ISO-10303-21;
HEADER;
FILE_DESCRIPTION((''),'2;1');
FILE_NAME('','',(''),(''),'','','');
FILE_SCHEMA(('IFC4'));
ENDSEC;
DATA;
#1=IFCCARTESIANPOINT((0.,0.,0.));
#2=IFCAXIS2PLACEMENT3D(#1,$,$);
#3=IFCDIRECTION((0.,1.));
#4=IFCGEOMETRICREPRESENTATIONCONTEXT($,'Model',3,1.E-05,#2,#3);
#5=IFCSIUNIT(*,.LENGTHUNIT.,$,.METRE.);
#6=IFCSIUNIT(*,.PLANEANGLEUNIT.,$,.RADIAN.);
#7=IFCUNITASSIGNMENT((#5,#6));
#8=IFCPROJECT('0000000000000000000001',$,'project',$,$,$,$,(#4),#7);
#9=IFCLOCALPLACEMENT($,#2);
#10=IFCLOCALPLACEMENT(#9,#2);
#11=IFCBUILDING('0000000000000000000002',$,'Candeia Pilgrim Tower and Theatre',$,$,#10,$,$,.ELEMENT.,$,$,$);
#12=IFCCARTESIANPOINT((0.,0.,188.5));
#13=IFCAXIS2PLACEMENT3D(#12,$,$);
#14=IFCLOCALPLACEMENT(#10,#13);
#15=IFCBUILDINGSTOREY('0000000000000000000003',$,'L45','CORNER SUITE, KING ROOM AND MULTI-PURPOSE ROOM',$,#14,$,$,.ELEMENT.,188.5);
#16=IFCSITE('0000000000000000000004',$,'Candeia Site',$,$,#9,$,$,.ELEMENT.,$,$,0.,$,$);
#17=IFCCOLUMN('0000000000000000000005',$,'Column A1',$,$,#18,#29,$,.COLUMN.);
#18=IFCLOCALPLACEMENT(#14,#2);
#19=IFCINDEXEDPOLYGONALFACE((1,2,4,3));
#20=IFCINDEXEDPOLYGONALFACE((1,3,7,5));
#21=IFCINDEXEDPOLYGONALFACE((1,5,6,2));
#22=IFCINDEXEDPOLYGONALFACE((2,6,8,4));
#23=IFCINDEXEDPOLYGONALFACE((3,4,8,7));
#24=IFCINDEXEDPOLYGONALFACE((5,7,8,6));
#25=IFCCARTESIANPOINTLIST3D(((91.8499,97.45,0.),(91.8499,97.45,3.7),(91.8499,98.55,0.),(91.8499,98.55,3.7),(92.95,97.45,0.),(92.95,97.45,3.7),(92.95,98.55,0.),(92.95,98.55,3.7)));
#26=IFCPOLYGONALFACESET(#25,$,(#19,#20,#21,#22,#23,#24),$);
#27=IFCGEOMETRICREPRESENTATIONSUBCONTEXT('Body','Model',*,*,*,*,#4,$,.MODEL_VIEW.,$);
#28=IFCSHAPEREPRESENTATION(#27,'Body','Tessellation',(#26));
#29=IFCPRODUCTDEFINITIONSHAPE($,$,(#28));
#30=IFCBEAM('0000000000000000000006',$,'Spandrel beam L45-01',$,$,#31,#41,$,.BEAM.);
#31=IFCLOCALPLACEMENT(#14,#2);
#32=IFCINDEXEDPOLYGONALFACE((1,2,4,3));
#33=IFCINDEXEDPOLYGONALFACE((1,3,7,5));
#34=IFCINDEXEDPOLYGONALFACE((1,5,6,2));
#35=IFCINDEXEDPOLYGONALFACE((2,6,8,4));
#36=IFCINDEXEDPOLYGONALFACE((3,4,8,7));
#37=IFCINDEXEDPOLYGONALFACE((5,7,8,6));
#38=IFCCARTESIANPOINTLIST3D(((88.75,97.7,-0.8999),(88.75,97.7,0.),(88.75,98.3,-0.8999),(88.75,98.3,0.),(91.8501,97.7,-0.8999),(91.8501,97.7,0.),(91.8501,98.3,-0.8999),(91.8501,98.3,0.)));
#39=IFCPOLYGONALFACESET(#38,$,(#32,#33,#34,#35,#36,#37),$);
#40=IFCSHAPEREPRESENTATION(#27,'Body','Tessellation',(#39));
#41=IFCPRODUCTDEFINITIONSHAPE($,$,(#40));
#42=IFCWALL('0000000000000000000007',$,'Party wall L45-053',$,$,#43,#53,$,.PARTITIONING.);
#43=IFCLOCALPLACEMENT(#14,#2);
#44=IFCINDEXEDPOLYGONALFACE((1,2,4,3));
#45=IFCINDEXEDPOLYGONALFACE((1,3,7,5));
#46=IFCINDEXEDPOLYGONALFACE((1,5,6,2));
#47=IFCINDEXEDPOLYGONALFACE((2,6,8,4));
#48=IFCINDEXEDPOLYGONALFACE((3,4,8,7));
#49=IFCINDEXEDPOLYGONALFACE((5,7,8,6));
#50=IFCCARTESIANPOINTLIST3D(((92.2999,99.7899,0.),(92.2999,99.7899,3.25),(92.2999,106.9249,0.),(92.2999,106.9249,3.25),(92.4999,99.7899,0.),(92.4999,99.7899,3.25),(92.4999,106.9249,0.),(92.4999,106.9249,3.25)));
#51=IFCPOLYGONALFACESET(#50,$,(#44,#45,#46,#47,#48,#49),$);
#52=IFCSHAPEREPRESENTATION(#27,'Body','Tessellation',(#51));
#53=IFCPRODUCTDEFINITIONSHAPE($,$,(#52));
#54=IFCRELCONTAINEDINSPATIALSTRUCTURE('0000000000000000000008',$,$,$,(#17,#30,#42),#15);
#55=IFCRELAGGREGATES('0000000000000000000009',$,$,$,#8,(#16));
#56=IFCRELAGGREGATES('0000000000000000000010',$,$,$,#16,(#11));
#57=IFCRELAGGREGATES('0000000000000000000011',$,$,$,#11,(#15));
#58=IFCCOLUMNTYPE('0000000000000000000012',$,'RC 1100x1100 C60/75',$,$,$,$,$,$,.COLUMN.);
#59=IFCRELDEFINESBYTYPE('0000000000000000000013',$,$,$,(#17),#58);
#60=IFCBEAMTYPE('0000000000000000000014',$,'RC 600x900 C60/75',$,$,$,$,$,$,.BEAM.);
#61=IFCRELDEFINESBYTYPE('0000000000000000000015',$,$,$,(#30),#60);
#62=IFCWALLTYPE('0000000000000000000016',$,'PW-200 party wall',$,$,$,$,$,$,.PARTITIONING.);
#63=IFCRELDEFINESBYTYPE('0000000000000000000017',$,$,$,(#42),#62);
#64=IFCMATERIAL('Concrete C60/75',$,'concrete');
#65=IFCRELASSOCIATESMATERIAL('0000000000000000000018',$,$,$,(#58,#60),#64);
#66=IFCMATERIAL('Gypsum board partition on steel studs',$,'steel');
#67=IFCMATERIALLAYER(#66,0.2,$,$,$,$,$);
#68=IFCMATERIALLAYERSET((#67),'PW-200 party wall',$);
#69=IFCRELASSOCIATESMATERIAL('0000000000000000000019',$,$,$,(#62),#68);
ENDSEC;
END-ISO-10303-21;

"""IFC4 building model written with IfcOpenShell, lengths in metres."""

from ifc_helpers import new_model, si_unit, direction, frame, frame_2d, origin, origin_2d, place, context, subcontext, project, spatial, rectangle, extrude, material, layer, layer_set, material_profile, profile_set, type_object, element, save


model = new_model("IFC4")

# Units and contexts
model_context = context("Model", 3, precision=1e-05, world=origin(), true_north=direction((0.0, 1.0)))
body_context = subcontext(model_context, "Body", "Model", "MODEL_VIEW")
ifc_project = project(units=[si_unit("LENGTHUNIT", "METRE"), si_unit("PLANEANGLEUNIT", "RADIAN")], contexts=[model_context])

# Site, building, storey
site_placement = place(None, origin())
site = spatial("IfcSite", under=ifc_project, at=site_placement, Name="Candeia Site", CompositionType="ELEMENT", RefElevation=0.0)
building_placement = place(site_placement, origin())
building = spatial("IfcBuilding", under=site, at=building_placement, Name="Candeia Pilgrim Tower and Theatre", CompositionType="ELEMENT")
storey_placement = place(building_placement, frame((0.0, 0.0, 188.5)))
storey = spatial("IfcBuildingStorey", under=building, at=storey_placement, Name="L45", Description="CORNER SUITE, KING ROOM AND MULTI-PURPOSE ROOM", CompositionType="ELEMENT", Elevation=188.5)

# Column
ifc_material_1 = material(Name="Concrete C60/75", Category="concrete")
ifc_material_profile_1 = material_profile(ifc_material_1, rectangle(XDim=1.1001, YDim=1.1001, at=origin_2d()))
ifc_profile_set_1 = profile_set([ifc_material_profile_1], Name="Concrete C60/75")
column_type = type_object("IfcColumnType", Name="RC 1100x1100 C60/75", PredefinedType="COLUMN", material=ifc_profile_set_1)
column_placement = place(storey_placement, frame((92.3999, 98.0, 0.0), z_axis=(0.0, 0.0, 1.0), x_axis=(1.0, 0.0, 0.0)))
element("IfcColumn", 1, at=column_placement, inside=storey, type_object=column_type, Name="Column A1", PredefinedType="COLUMN", context=body_context, shape_type="SweptSolid", body=[
    extrude(rectangle(XDim=1.1001, YDim=1.1001, at=origin_2d()), origin(), (0.0, 0.0, 1.0), 3.7),
])

# Beam
ifc_material_profile_2 = material_profile(ifc_material_1, rectangle(XDim=0.6001, YDim=0.8999, at=origin_2d()))
ifc_profile_set_2 = profile_set([ifc_material_profile_2], Name="Concrete C60/75")
beam_type = type_object("IfcBeamType", Name="RC 600x900 C60/75", PredefinedType="BEAM", material=ifc_profile_set_2)
beam_placement = place(storey_placement, frame((88.75, 98.0, -0.45), z_axis=(1.0, 0.0, 0.0), x_axis=(0.0, 1.0, 0.0)))
element("IfcBeam", 2, at=beam_placement, inside=storey, type_object=beam_type, Name="Spandrel beam L45-01", PredefinedType="BEAM", context=body_context, shape_type="SweptSolid", body=[
    extrude(rectangle(XDim=0.6001, YDim=0.8999, at=origin_2d()), origin(), (0.0, 0.0, 1.0), 3.1001),
])

# Wall
ifc_material_2 = material(Name="Gypsum board partition on steel studs", Category="steel")
ifc_layer_1 = layer(ifc_material_2, 0.2)
ifc_layer_set_1 = layer_set([ifc_layer_1], Name="PW-200 party wall")
wall_type_1 = type_object("IfcWallType", Name="PW-200 party wall", PredefinedType="PARTITIONING", material=ifc_layer_set_1)
wall_1_placement = place(storey_placement, frame((92.3999, 99.79, 0.0), z_axis=(0.0, 0.0, 1.0), x_axis=(0.0, 1.0, 0.0)))
element("IfcWall", 3, at=wall_1_placement, inside=storey, type_object=wall_type_1, Name="Party wall L45-053", PredefinedType="PARTITIONING", context=body_context, shape_type="SweptSolid", body=[
    extrude(rectangle(XDim=7.135, YDim=0.2, at=frame_2d((3.5674, 0.0))), origin(), (0.0, 0.0, 1.0), 3.25),
])

save(model, "model.ifc")
